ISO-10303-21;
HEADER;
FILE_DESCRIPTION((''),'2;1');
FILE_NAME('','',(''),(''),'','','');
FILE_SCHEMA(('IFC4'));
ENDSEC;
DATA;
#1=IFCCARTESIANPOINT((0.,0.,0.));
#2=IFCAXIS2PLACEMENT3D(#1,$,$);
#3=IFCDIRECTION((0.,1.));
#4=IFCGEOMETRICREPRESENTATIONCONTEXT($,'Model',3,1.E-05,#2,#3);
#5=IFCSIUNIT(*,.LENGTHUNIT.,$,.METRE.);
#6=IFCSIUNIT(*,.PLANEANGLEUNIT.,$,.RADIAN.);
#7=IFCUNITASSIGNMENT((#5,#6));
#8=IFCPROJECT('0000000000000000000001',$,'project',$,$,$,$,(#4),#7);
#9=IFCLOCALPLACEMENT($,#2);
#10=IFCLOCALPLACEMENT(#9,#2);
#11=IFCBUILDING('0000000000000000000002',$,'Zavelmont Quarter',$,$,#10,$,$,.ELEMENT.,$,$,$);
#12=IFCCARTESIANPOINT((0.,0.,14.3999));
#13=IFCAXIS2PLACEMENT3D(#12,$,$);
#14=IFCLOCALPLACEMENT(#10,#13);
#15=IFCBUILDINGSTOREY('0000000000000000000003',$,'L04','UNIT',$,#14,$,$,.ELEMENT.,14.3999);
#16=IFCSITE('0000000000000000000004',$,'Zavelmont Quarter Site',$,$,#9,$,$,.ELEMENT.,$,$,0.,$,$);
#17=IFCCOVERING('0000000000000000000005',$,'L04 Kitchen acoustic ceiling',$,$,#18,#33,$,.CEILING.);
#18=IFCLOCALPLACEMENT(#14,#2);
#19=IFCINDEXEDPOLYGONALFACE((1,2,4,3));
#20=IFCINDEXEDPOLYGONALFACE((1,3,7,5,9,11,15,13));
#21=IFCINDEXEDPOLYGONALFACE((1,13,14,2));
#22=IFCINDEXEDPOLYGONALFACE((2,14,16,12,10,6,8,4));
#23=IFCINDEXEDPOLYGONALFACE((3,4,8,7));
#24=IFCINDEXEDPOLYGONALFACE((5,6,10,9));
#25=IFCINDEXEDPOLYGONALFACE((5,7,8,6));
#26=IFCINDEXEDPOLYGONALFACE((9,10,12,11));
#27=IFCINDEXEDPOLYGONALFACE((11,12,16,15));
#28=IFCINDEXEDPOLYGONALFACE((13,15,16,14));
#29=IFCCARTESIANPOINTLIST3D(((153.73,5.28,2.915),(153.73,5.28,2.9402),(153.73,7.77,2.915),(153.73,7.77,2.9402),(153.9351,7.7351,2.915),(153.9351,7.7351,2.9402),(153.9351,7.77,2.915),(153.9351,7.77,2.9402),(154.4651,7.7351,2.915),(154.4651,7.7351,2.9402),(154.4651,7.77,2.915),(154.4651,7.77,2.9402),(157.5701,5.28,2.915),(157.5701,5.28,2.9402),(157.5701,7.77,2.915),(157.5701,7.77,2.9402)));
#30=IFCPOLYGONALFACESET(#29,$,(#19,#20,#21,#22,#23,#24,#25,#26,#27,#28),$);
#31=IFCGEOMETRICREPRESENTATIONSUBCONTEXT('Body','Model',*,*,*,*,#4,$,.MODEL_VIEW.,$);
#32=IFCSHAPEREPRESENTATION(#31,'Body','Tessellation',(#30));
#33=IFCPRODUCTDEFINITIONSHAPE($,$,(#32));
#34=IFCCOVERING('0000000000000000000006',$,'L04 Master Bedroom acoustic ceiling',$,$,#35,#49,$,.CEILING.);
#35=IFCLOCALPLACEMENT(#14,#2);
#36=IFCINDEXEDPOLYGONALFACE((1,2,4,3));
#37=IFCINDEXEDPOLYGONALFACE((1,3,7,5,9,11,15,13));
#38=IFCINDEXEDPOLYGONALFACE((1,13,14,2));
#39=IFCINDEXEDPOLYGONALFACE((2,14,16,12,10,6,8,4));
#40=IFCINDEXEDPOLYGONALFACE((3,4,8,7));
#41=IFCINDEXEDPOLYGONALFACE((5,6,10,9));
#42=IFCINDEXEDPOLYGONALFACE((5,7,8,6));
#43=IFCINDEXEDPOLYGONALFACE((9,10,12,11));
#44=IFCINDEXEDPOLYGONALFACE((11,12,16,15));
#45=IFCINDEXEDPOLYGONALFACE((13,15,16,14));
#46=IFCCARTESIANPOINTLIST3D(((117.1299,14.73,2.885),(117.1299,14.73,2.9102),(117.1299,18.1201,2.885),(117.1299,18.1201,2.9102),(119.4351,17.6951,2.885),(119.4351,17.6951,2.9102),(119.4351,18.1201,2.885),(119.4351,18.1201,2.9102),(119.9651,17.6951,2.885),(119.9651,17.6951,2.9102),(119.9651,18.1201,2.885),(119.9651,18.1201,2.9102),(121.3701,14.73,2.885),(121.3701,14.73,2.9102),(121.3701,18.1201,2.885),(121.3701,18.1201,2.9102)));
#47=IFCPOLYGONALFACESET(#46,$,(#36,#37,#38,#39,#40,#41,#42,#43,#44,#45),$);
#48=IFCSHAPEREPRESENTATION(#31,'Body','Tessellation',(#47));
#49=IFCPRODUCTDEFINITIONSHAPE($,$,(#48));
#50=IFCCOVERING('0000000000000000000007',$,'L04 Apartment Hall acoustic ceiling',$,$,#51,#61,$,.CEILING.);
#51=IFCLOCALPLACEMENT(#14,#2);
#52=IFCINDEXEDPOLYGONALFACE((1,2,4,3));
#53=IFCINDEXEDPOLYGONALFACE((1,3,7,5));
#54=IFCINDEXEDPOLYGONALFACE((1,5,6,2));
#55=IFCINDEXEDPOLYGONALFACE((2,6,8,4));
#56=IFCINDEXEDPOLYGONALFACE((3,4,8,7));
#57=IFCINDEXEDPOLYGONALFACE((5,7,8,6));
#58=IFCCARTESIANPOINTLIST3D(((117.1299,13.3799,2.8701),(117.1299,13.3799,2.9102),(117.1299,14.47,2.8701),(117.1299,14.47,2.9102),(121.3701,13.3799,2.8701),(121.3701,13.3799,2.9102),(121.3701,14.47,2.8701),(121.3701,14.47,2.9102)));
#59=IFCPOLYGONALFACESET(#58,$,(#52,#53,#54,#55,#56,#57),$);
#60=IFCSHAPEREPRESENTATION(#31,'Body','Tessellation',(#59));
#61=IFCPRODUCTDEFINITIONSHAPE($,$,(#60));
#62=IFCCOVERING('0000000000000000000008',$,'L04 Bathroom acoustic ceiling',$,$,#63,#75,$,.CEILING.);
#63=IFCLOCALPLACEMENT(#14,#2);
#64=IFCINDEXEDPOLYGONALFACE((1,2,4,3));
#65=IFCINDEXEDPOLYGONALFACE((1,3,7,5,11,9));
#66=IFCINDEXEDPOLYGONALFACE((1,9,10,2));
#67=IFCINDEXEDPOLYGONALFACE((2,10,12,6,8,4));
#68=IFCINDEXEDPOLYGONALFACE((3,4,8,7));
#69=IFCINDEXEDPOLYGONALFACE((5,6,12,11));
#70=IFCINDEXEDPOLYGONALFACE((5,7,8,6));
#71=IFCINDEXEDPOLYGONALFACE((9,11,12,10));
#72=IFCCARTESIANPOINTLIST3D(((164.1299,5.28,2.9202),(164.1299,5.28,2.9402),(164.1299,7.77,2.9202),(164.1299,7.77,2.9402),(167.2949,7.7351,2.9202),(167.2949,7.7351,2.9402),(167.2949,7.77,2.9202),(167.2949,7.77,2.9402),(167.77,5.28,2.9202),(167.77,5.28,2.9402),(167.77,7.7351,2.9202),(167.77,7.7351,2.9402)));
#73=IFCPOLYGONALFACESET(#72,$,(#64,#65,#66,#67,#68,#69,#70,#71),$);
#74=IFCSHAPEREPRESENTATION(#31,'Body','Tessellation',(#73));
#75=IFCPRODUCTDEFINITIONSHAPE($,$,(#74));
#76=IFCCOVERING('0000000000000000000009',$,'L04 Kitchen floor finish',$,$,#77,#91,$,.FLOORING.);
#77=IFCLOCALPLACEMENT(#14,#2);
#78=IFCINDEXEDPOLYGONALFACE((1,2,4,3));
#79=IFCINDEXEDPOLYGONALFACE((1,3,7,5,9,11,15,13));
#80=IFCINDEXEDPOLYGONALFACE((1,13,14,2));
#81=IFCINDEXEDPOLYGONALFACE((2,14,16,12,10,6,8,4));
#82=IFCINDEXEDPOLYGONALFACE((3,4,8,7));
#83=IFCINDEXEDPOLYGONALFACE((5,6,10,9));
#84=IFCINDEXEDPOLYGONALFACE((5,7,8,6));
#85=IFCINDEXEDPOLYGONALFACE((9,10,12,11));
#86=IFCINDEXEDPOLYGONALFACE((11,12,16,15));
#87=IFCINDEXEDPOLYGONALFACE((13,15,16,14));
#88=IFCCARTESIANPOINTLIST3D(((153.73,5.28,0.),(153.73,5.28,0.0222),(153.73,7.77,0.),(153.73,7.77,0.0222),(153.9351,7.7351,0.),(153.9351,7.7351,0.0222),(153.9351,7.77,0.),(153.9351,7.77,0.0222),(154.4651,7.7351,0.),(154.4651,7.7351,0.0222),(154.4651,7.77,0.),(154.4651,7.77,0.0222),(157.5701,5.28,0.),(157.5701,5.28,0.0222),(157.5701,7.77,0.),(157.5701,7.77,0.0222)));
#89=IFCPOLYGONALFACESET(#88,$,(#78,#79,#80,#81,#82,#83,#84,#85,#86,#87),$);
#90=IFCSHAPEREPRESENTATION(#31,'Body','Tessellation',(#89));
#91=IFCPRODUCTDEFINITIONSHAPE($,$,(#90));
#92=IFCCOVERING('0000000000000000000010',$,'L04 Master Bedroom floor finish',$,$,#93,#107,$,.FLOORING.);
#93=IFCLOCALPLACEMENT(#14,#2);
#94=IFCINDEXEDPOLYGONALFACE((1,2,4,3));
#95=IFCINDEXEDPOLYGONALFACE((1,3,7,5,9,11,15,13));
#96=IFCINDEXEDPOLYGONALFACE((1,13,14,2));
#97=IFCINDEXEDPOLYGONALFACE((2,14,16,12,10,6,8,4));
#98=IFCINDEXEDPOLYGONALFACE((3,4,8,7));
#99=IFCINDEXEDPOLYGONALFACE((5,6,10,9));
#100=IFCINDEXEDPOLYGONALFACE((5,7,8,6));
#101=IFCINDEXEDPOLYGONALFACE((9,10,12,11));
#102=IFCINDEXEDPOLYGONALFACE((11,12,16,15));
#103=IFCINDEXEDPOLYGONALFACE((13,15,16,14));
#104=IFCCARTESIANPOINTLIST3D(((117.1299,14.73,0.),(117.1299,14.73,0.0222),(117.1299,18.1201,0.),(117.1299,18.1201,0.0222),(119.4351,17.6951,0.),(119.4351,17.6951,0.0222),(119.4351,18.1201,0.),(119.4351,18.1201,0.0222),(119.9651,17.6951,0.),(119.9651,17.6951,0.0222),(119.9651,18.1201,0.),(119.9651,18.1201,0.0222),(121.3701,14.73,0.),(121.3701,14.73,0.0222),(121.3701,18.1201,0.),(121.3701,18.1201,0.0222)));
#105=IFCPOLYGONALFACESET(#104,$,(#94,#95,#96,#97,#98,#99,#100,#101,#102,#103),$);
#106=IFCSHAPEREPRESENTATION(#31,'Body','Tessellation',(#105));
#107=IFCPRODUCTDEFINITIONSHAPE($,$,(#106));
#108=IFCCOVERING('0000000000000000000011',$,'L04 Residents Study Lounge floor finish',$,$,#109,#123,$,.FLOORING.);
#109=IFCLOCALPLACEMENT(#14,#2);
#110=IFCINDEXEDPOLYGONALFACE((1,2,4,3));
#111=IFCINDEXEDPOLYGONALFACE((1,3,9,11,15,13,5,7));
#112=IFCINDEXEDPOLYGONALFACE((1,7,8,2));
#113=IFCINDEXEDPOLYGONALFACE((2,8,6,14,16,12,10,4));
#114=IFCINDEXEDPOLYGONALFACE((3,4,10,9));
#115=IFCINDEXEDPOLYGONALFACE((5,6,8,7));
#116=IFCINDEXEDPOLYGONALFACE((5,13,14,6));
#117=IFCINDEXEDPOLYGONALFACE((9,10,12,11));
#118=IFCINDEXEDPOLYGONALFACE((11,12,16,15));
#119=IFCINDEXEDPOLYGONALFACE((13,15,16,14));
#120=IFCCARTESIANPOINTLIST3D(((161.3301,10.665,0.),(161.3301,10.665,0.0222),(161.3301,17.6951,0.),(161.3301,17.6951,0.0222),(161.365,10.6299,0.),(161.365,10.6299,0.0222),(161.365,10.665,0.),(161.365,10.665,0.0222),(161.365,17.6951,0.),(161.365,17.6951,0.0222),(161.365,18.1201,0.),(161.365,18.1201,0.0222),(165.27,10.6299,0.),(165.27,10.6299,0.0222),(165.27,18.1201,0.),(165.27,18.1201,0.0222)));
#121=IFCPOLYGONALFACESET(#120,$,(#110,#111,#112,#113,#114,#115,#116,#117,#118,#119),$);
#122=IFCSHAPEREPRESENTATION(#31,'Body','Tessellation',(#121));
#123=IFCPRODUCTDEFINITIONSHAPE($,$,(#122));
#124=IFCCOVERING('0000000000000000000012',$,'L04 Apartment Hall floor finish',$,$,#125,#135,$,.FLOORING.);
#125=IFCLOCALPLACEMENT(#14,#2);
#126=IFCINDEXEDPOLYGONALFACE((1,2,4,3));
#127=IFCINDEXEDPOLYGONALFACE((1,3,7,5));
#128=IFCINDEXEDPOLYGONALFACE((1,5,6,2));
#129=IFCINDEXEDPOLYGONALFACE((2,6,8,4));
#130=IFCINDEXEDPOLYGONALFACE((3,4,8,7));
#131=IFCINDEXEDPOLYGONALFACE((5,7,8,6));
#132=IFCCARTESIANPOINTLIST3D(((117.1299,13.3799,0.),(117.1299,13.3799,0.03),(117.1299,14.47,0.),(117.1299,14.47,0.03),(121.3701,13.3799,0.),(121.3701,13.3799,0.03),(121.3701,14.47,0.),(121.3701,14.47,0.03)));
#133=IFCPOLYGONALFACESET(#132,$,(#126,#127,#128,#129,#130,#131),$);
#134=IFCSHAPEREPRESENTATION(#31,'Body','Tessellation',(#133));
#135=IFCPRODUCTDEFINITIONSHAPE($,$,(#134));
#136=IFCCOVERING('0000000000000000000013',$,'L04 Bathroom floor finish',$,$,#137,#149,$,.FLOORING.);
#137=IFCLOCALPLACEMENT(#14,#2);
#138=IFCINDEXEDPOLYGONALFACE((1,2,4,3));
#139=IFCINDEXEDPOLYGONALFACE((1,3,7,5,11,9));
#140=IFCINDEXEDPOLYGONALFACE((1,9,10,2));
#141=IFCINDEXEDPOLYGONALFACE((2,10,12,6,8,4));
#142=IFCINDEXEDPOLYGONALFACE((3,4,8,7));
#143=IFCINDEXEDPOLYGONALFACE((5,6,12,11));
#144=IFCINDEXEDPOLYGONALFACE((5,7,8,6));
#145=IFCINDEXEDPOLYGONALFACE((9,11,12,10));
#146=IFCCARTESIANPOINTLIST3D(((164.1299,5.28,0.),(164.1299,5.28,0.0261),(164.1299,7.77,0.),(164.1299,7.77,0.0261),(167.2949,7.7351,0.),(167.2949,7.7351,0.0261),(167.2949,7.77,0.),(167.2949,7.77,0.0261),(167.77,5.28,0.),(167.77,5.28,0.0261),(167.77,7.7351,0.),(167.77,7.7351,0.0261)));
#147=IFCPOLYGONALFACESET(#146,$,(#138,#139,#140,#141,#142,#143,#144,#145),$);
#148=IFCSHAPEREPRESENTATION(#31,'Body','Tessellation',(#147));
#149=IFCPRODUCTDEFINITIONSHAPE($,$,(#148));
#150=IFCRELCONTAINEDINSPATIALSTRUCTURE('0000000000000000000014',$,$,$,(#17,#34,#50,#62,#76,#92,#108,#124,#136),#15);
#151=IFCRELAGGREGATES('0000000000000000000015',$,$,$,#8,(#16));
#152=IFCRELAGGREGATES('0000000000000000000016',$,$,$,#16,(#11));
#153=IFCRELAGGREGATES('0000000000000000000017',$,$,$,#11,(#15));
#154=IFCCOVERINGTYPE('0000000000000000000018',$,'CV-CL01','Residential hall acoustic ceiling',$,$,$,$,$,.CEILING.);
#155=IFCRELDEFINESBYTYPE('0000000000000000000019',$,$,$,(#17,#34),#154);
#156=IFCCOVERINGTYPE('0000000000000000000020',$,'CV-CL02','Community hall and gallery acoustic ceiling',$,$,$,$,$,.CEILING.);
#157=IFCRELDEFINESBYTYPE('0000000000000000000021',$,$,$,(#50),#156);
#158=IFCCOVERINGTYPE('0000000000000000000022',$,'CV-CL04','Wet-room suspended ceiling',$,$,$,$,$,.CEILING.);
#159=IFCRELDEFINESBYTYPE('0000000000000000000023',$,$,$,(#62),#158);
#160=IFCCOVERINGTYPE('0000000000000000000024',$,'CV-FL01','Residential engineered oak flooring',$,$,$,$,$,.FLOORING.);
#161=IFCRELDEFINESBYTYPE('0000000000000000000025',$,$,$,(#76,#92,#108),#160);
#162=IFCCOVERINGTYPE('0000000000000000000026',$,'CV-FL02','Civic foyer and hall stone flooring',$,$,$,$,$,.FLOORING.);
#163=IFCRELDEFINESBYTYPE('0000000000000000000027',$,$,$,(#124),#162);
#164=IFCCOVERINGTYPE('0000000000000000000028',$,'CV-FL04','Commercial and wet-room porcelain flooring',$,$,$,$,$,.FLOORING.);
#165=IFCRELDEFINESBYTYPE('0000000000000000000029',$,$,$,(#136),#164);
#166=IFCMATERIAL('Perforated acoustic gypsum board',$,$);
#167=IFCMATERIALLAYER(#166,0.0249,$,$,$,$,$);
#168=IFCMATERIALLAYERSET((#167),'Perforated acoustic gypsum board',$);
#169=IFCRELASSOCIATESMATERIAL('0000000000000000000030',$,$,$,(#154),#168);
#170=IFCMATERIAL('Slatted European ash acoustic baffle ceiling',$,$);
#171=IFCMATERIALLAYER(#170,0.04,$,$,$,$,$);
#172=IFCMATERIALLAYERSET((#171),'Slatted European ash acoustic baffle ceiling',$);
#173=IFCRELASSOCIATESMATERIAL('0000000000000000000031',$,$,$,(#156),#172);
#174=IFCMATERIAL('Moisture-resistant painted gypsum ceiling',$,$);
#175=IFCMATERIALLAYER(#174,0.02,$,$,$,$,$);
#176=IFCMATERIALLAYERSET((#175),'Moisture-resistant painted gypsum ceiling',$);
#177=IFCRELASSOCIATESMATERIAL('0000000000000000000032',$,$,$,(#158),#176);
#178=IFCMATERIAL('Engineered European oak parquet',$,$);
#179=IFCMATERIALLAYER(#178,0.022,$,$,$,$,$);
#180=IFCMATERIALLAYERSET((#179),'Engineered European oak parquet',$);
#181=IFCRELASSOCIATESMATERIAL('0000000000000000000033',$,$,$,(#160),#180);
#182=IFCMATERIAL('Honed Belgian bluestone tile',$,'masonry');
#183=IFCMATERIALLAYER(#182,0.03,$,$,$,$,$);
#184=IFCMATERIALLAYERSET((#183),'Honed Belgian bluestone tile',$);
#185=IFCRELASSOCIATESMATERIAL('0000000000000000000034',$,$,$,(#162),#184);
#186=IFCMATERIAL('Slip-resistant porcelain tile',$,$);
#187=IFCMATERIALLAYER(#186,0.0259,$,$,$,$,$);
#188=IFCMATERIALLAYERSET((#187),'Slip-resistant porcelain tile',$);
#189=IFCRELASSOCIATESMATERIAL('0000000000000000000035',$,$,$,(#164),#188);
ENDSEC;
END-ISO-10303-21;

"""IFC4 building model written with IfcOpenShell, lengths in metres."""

from ifc_helpers import new_model, si_unit, direction, frame, origin, place, context, subcontext, project, spatial, polyline, outline, extrude, material, layer, layer_set, type_object, element, save


model = new_model("IFC4")

# Units and contexts
model_context = context("Model", 3, precision=1e-05, world=origin(), true_north=direction((0.0, 1.0)))
body_context = subcontext(model_context, "Body", "Model", "MODEL_VIEW")
ifc_project = project(units=[si_unit("LENGTHUNIT", "METRE"), si_unit("PLANEANGLEUNIT", "RADIAN")], contexts=[model_context])

# Site, building, storey
site_placement = place(None, origin())
site = spatial("IfcSite", under=ifc_project, at=site_placement, Name="Zavelmont Quarter Site", CompositionType="ELEMENT", RefElevation=0.0)
building_placement = place(site_placement, origin())
building = spatial("IfcBuilding", under=site, at=building_placement, Name="Zavelmont Quarter", CompositionType="ELEMENT")
storey_placement = place(building_placement, frame((0.0, 0.0, 14.3999)))
storey = spatial("IfcBuildingStorey", under=building, at=storey_placement, Name="L04", Description="UNIT", CompositionType="ELEMENT", Elevation=14.3999)

# Coverings
ifc_material_1 = material(Name="Perforated acoustic gypsum board")
ifc_layer_1 = layer(ifc_material_1, 0.0249)
ifc_layer_set_1 = layer_set([ifc_layer_1], Name="Perforated acoustic gypsum board")
covering_type_1 = type_object("IfcCoveringType", Name="CV-CL01", Description="Residential hall acoustic ceiling", PredefinedType="CEILING", material=ifc_layer_set_1)
covering_1_placement = place(storey_placement, frame((0.0, 0.0, 2.915)))
element("IfcCovering", 1, at=covering_1_placement, inside=storey, type_object=covering_type_1, Name="L04 Kitchen acoustic ceiling", PredefinedType="CEILING", context=body_context, shape_type="SweptSolid", body=[
    extrude(outline(polyline([(153.73, 7.77), (153.9351, 7.77), (153.9351, 7.7351), (154.4651, 7.7351), (154.4651, 7.77), (157.5701, 7.77), (157.5701, 5.28), (153.73, 5.28), (153.73, 7.77)])), origin(), (0.0, 0.0, 1.0), 0.0251),
])
covering_2_placement = place(storey_placement, frame((0.0, 0.0, 2.885)))
element("IfcCovering", 2, at=covering_2_placement, inside=storey, type_object=covering_type_1, Name="L04 Master Bedroom acoustic ceiling", PredefinedType="CEILING", context=body_context, shape_type="SweptSolid", body=[
    extrude(outline(polyline([(117.1299, 18.1201), (119.4351, 18.1201), (119.4351, 17.6951), (119.9651, 17.6951), (119.9651, 18.1201), (121.3701, 18.1201), (121.3701, 14.73), (117.1299, 14.73), (117.1299, 18.1201)])), origin(), (0.0, 0.0, 1.0), 0.0251),
])
ifc_material_2 = material(Name="Slatted European ash acoustic baffle ceiling")
ifc_layer_2 = layer(ifc_material_2, 0.04)
ifc_layer_set_2 = layer_set([ifc_layer_2], Name="Slatted European ash acoustic baffle ceiling")
covering_type_2 = type_object("IfcCoveringType", Name="CV-CL02", Description="Community hall and gallery acoustic ceiling", PredefinedType="CEILING", material=ifc_layer_set_2)
covering_3_placement = place(storey_placement, frame((0.0, 0.0, 2.8701)))
element("IfcCovering", 3, at=covering_3_placement, inside=storey, type_object=covering_type_2, Name="L04 Apartment Hall acoustic ceiling", PredefinedType="CEILING", context=body_context, shape_type="SweptSolid", body=[
    extrude(outline(polyline([(117.1299, 14.47), (121.3701, 14.47), (121.3701, 13.3799), (117.1299, 13.3799), (117.1299, 14.47)])), origin(), (0.0, 0.0, 1.0), 0.04),
])
ifc_material_3 = material(Name="Moisture-resistant painted gypsum ceiling")
ifc_layer_3 = layer(ifc_material_3, 0.02)
ifc_layer_set_3 = layer_set([ifc_layer_3], Name="Moisture-resistant painted gypsum ceiling")
covering_type_3 = type_object("IfcCoveringType", Name="CV-CL04", Description="Wet-room suspended ceiling", PredefinedType="CEILING", material=ifc_layer_set_3)
covering_4_placement = place(storey_placement, frame((0.0, 0.0, 2.9202)))
element("IfcCovering", 4, at=covering_4_placement, inside=storey, type_object=covering_type_3, Name="L04 Bathroom acoustic ceiling", PredefinedType="CEILING", context=body_context, shape_type="SweptSolid", body=[
    extrude(outline(polyline([(164.1299, 7.77), (167.2949, 7.77), (167.2949, 7.7351), (167.77, 7.7351), (167.77, 5.28), (164.1299, 5.28), (164.1299, 7.77)])), origin(), (0.0, 0.0, 1.0), 0.02),
])
ifc_material_4 = material(Name="Engineered European oak parquet")
ifc_layer_4 = layer(ifc_material_4, 0.022)
ifc_layer_set_4 = layer_set([ifc_layer_4], Name="Engineered European oak parquet")
covering_type_4 = type_object("IfcCoveringType", Name="CV-FL01", Description="Residential engineered oak flooring", PredefinedType="FLOORING", material=ifc_layer_set_4)
covering_5_placement = place(storey_placement, origin())
element("IfcCovering", 5, at=covering_5_placement, inside=storey, type_object=covering_type_4, Name="L04 Kitchen floor finish", PredefinedType="FLOORING", context=body_context, shape_type="SweptSolid", body=[
    extrude(outline(polyline([(153.73, 7.77), (153.9351, 7.77), (153.9351, 7.7351), (154.4651, 7.7351), (154.4651, 7.77), (157.5701, 7.77), (157.5701, 5.28), (153.73, 5.28), (153.73, 7.77)])), origin(), (0.0, 0.0, 1.0), 0.0222),
])
covering_6_placement = place(storey_placement, origin())
element("IfcCovering", 6, at=covering_6_placement, inside=storey, type_object=covering_type_4, Name="L04 Master Bedroom floor finish", PredefinedType="FLOORING", context=body_context, shape_type="SweptSolid", body=[
    extrude(outline(polyline([(117.1299, 18.1201), (119.4351, 18.1201), (119.4351, 17.6951), (119.9651, 17.6951), (119.9651, 18.1201), (121.3701, 18.1201), (121.3701, 14.73), (117.1299, 14.73), (117.1299, 18.1201)])), origin(), (0.0, 0.0, 1.0), 0.0222),
])
covering_7_placement = place(storey_placement, origin())
element("IfcCovering", 7, at=covering_7_placement, inside=storey, type_object=covering_type_4, Name="L04 Residents Study Lounge floor finish", PredefinedType="FLOORING", context=body_context, shape_type="SweptSolid", body=[
    extrude(outline(polyline([(161.3301, 17.6951), (161.365, 17.6951), (161.365, 18.1201), (165.27, 18.1201), (165.27, 10.6299), (161.365, 10.6299), (161.365, 10.665), (161.3301, 10.665), (161.3301, 17.6951)])), origin(), (0.0, 0.0, 1.0), 0.0222),
])
ifc_material_5 = material(Name="Honed Belgian bluestone tile", Category="masonry")
ifc_layer_5 = layer(ifc_material_5, 0.03)
ifc_layer_set_5 = layer_set([ifc_layer_5], Name="Honed Belgian bluestone tile")
covering_type_5 = type_object("IfcCoveringType", Name="CV-FL02", Description="Civic foyer and hall stone flooring", PredefinedType="FLOORING", material=ifc_layer_set_5)
covering_8_placement = place(storey_placement, origin())
element("IfcCovering", 8, at=covering_8_placement, inside=storey, type_object=covering_type_5, Name="L04 Apartment Hall floor finish", PredefinedType="FLOORING", context=body_context, shape_type="SweptSolid", body=[
    extrude(outline(polyline([(117.1299, 14.47), (121.3701, 14.47), (121.3701, 13.3799), (117.1299, 13.3799), (117.1299, 14.47)])), origin(), (0.0, 0.0, 1.0), 0.03),
])
ifc_material_6 = material(Name="Slip-resistant porcelain tile")
ifc_layer_6 = layer(ifc_material_6, 0.0259)
ifc_layer_set_6 = layer_set([ifc_layer_6], Name="Slip-resistant porcelain tile")
covering_type_6 = type_object("IfcCoveringType", Name="CV-FL04", Description="Commercial and wet-room porcelain flooring", PredefinedType="FLOORING", material=ifc_layer_set_6)
covering_9_placement = place(storey_placement, origin())
element("IfcCovering", 9, at=covering_9_placement, inside=storey, type_object=covering_type_6, Name="L04 Bathroom floor finish", PredefinedType="FLOORING", context=body_context, shape_type="SweptSolid", body=[
    extrude(outline(polyline([(164.1299, 7.77), (167.2949, 7.77), (167.2949, 7.7351), (167.77, 7.7351), (167.77, 5.28), (164.1299, 5.28), (164.1299, 7.77)])), origin(), (0.0, 0.0, 1.0), 0.0261),
])

save(model, "model.ifc")
